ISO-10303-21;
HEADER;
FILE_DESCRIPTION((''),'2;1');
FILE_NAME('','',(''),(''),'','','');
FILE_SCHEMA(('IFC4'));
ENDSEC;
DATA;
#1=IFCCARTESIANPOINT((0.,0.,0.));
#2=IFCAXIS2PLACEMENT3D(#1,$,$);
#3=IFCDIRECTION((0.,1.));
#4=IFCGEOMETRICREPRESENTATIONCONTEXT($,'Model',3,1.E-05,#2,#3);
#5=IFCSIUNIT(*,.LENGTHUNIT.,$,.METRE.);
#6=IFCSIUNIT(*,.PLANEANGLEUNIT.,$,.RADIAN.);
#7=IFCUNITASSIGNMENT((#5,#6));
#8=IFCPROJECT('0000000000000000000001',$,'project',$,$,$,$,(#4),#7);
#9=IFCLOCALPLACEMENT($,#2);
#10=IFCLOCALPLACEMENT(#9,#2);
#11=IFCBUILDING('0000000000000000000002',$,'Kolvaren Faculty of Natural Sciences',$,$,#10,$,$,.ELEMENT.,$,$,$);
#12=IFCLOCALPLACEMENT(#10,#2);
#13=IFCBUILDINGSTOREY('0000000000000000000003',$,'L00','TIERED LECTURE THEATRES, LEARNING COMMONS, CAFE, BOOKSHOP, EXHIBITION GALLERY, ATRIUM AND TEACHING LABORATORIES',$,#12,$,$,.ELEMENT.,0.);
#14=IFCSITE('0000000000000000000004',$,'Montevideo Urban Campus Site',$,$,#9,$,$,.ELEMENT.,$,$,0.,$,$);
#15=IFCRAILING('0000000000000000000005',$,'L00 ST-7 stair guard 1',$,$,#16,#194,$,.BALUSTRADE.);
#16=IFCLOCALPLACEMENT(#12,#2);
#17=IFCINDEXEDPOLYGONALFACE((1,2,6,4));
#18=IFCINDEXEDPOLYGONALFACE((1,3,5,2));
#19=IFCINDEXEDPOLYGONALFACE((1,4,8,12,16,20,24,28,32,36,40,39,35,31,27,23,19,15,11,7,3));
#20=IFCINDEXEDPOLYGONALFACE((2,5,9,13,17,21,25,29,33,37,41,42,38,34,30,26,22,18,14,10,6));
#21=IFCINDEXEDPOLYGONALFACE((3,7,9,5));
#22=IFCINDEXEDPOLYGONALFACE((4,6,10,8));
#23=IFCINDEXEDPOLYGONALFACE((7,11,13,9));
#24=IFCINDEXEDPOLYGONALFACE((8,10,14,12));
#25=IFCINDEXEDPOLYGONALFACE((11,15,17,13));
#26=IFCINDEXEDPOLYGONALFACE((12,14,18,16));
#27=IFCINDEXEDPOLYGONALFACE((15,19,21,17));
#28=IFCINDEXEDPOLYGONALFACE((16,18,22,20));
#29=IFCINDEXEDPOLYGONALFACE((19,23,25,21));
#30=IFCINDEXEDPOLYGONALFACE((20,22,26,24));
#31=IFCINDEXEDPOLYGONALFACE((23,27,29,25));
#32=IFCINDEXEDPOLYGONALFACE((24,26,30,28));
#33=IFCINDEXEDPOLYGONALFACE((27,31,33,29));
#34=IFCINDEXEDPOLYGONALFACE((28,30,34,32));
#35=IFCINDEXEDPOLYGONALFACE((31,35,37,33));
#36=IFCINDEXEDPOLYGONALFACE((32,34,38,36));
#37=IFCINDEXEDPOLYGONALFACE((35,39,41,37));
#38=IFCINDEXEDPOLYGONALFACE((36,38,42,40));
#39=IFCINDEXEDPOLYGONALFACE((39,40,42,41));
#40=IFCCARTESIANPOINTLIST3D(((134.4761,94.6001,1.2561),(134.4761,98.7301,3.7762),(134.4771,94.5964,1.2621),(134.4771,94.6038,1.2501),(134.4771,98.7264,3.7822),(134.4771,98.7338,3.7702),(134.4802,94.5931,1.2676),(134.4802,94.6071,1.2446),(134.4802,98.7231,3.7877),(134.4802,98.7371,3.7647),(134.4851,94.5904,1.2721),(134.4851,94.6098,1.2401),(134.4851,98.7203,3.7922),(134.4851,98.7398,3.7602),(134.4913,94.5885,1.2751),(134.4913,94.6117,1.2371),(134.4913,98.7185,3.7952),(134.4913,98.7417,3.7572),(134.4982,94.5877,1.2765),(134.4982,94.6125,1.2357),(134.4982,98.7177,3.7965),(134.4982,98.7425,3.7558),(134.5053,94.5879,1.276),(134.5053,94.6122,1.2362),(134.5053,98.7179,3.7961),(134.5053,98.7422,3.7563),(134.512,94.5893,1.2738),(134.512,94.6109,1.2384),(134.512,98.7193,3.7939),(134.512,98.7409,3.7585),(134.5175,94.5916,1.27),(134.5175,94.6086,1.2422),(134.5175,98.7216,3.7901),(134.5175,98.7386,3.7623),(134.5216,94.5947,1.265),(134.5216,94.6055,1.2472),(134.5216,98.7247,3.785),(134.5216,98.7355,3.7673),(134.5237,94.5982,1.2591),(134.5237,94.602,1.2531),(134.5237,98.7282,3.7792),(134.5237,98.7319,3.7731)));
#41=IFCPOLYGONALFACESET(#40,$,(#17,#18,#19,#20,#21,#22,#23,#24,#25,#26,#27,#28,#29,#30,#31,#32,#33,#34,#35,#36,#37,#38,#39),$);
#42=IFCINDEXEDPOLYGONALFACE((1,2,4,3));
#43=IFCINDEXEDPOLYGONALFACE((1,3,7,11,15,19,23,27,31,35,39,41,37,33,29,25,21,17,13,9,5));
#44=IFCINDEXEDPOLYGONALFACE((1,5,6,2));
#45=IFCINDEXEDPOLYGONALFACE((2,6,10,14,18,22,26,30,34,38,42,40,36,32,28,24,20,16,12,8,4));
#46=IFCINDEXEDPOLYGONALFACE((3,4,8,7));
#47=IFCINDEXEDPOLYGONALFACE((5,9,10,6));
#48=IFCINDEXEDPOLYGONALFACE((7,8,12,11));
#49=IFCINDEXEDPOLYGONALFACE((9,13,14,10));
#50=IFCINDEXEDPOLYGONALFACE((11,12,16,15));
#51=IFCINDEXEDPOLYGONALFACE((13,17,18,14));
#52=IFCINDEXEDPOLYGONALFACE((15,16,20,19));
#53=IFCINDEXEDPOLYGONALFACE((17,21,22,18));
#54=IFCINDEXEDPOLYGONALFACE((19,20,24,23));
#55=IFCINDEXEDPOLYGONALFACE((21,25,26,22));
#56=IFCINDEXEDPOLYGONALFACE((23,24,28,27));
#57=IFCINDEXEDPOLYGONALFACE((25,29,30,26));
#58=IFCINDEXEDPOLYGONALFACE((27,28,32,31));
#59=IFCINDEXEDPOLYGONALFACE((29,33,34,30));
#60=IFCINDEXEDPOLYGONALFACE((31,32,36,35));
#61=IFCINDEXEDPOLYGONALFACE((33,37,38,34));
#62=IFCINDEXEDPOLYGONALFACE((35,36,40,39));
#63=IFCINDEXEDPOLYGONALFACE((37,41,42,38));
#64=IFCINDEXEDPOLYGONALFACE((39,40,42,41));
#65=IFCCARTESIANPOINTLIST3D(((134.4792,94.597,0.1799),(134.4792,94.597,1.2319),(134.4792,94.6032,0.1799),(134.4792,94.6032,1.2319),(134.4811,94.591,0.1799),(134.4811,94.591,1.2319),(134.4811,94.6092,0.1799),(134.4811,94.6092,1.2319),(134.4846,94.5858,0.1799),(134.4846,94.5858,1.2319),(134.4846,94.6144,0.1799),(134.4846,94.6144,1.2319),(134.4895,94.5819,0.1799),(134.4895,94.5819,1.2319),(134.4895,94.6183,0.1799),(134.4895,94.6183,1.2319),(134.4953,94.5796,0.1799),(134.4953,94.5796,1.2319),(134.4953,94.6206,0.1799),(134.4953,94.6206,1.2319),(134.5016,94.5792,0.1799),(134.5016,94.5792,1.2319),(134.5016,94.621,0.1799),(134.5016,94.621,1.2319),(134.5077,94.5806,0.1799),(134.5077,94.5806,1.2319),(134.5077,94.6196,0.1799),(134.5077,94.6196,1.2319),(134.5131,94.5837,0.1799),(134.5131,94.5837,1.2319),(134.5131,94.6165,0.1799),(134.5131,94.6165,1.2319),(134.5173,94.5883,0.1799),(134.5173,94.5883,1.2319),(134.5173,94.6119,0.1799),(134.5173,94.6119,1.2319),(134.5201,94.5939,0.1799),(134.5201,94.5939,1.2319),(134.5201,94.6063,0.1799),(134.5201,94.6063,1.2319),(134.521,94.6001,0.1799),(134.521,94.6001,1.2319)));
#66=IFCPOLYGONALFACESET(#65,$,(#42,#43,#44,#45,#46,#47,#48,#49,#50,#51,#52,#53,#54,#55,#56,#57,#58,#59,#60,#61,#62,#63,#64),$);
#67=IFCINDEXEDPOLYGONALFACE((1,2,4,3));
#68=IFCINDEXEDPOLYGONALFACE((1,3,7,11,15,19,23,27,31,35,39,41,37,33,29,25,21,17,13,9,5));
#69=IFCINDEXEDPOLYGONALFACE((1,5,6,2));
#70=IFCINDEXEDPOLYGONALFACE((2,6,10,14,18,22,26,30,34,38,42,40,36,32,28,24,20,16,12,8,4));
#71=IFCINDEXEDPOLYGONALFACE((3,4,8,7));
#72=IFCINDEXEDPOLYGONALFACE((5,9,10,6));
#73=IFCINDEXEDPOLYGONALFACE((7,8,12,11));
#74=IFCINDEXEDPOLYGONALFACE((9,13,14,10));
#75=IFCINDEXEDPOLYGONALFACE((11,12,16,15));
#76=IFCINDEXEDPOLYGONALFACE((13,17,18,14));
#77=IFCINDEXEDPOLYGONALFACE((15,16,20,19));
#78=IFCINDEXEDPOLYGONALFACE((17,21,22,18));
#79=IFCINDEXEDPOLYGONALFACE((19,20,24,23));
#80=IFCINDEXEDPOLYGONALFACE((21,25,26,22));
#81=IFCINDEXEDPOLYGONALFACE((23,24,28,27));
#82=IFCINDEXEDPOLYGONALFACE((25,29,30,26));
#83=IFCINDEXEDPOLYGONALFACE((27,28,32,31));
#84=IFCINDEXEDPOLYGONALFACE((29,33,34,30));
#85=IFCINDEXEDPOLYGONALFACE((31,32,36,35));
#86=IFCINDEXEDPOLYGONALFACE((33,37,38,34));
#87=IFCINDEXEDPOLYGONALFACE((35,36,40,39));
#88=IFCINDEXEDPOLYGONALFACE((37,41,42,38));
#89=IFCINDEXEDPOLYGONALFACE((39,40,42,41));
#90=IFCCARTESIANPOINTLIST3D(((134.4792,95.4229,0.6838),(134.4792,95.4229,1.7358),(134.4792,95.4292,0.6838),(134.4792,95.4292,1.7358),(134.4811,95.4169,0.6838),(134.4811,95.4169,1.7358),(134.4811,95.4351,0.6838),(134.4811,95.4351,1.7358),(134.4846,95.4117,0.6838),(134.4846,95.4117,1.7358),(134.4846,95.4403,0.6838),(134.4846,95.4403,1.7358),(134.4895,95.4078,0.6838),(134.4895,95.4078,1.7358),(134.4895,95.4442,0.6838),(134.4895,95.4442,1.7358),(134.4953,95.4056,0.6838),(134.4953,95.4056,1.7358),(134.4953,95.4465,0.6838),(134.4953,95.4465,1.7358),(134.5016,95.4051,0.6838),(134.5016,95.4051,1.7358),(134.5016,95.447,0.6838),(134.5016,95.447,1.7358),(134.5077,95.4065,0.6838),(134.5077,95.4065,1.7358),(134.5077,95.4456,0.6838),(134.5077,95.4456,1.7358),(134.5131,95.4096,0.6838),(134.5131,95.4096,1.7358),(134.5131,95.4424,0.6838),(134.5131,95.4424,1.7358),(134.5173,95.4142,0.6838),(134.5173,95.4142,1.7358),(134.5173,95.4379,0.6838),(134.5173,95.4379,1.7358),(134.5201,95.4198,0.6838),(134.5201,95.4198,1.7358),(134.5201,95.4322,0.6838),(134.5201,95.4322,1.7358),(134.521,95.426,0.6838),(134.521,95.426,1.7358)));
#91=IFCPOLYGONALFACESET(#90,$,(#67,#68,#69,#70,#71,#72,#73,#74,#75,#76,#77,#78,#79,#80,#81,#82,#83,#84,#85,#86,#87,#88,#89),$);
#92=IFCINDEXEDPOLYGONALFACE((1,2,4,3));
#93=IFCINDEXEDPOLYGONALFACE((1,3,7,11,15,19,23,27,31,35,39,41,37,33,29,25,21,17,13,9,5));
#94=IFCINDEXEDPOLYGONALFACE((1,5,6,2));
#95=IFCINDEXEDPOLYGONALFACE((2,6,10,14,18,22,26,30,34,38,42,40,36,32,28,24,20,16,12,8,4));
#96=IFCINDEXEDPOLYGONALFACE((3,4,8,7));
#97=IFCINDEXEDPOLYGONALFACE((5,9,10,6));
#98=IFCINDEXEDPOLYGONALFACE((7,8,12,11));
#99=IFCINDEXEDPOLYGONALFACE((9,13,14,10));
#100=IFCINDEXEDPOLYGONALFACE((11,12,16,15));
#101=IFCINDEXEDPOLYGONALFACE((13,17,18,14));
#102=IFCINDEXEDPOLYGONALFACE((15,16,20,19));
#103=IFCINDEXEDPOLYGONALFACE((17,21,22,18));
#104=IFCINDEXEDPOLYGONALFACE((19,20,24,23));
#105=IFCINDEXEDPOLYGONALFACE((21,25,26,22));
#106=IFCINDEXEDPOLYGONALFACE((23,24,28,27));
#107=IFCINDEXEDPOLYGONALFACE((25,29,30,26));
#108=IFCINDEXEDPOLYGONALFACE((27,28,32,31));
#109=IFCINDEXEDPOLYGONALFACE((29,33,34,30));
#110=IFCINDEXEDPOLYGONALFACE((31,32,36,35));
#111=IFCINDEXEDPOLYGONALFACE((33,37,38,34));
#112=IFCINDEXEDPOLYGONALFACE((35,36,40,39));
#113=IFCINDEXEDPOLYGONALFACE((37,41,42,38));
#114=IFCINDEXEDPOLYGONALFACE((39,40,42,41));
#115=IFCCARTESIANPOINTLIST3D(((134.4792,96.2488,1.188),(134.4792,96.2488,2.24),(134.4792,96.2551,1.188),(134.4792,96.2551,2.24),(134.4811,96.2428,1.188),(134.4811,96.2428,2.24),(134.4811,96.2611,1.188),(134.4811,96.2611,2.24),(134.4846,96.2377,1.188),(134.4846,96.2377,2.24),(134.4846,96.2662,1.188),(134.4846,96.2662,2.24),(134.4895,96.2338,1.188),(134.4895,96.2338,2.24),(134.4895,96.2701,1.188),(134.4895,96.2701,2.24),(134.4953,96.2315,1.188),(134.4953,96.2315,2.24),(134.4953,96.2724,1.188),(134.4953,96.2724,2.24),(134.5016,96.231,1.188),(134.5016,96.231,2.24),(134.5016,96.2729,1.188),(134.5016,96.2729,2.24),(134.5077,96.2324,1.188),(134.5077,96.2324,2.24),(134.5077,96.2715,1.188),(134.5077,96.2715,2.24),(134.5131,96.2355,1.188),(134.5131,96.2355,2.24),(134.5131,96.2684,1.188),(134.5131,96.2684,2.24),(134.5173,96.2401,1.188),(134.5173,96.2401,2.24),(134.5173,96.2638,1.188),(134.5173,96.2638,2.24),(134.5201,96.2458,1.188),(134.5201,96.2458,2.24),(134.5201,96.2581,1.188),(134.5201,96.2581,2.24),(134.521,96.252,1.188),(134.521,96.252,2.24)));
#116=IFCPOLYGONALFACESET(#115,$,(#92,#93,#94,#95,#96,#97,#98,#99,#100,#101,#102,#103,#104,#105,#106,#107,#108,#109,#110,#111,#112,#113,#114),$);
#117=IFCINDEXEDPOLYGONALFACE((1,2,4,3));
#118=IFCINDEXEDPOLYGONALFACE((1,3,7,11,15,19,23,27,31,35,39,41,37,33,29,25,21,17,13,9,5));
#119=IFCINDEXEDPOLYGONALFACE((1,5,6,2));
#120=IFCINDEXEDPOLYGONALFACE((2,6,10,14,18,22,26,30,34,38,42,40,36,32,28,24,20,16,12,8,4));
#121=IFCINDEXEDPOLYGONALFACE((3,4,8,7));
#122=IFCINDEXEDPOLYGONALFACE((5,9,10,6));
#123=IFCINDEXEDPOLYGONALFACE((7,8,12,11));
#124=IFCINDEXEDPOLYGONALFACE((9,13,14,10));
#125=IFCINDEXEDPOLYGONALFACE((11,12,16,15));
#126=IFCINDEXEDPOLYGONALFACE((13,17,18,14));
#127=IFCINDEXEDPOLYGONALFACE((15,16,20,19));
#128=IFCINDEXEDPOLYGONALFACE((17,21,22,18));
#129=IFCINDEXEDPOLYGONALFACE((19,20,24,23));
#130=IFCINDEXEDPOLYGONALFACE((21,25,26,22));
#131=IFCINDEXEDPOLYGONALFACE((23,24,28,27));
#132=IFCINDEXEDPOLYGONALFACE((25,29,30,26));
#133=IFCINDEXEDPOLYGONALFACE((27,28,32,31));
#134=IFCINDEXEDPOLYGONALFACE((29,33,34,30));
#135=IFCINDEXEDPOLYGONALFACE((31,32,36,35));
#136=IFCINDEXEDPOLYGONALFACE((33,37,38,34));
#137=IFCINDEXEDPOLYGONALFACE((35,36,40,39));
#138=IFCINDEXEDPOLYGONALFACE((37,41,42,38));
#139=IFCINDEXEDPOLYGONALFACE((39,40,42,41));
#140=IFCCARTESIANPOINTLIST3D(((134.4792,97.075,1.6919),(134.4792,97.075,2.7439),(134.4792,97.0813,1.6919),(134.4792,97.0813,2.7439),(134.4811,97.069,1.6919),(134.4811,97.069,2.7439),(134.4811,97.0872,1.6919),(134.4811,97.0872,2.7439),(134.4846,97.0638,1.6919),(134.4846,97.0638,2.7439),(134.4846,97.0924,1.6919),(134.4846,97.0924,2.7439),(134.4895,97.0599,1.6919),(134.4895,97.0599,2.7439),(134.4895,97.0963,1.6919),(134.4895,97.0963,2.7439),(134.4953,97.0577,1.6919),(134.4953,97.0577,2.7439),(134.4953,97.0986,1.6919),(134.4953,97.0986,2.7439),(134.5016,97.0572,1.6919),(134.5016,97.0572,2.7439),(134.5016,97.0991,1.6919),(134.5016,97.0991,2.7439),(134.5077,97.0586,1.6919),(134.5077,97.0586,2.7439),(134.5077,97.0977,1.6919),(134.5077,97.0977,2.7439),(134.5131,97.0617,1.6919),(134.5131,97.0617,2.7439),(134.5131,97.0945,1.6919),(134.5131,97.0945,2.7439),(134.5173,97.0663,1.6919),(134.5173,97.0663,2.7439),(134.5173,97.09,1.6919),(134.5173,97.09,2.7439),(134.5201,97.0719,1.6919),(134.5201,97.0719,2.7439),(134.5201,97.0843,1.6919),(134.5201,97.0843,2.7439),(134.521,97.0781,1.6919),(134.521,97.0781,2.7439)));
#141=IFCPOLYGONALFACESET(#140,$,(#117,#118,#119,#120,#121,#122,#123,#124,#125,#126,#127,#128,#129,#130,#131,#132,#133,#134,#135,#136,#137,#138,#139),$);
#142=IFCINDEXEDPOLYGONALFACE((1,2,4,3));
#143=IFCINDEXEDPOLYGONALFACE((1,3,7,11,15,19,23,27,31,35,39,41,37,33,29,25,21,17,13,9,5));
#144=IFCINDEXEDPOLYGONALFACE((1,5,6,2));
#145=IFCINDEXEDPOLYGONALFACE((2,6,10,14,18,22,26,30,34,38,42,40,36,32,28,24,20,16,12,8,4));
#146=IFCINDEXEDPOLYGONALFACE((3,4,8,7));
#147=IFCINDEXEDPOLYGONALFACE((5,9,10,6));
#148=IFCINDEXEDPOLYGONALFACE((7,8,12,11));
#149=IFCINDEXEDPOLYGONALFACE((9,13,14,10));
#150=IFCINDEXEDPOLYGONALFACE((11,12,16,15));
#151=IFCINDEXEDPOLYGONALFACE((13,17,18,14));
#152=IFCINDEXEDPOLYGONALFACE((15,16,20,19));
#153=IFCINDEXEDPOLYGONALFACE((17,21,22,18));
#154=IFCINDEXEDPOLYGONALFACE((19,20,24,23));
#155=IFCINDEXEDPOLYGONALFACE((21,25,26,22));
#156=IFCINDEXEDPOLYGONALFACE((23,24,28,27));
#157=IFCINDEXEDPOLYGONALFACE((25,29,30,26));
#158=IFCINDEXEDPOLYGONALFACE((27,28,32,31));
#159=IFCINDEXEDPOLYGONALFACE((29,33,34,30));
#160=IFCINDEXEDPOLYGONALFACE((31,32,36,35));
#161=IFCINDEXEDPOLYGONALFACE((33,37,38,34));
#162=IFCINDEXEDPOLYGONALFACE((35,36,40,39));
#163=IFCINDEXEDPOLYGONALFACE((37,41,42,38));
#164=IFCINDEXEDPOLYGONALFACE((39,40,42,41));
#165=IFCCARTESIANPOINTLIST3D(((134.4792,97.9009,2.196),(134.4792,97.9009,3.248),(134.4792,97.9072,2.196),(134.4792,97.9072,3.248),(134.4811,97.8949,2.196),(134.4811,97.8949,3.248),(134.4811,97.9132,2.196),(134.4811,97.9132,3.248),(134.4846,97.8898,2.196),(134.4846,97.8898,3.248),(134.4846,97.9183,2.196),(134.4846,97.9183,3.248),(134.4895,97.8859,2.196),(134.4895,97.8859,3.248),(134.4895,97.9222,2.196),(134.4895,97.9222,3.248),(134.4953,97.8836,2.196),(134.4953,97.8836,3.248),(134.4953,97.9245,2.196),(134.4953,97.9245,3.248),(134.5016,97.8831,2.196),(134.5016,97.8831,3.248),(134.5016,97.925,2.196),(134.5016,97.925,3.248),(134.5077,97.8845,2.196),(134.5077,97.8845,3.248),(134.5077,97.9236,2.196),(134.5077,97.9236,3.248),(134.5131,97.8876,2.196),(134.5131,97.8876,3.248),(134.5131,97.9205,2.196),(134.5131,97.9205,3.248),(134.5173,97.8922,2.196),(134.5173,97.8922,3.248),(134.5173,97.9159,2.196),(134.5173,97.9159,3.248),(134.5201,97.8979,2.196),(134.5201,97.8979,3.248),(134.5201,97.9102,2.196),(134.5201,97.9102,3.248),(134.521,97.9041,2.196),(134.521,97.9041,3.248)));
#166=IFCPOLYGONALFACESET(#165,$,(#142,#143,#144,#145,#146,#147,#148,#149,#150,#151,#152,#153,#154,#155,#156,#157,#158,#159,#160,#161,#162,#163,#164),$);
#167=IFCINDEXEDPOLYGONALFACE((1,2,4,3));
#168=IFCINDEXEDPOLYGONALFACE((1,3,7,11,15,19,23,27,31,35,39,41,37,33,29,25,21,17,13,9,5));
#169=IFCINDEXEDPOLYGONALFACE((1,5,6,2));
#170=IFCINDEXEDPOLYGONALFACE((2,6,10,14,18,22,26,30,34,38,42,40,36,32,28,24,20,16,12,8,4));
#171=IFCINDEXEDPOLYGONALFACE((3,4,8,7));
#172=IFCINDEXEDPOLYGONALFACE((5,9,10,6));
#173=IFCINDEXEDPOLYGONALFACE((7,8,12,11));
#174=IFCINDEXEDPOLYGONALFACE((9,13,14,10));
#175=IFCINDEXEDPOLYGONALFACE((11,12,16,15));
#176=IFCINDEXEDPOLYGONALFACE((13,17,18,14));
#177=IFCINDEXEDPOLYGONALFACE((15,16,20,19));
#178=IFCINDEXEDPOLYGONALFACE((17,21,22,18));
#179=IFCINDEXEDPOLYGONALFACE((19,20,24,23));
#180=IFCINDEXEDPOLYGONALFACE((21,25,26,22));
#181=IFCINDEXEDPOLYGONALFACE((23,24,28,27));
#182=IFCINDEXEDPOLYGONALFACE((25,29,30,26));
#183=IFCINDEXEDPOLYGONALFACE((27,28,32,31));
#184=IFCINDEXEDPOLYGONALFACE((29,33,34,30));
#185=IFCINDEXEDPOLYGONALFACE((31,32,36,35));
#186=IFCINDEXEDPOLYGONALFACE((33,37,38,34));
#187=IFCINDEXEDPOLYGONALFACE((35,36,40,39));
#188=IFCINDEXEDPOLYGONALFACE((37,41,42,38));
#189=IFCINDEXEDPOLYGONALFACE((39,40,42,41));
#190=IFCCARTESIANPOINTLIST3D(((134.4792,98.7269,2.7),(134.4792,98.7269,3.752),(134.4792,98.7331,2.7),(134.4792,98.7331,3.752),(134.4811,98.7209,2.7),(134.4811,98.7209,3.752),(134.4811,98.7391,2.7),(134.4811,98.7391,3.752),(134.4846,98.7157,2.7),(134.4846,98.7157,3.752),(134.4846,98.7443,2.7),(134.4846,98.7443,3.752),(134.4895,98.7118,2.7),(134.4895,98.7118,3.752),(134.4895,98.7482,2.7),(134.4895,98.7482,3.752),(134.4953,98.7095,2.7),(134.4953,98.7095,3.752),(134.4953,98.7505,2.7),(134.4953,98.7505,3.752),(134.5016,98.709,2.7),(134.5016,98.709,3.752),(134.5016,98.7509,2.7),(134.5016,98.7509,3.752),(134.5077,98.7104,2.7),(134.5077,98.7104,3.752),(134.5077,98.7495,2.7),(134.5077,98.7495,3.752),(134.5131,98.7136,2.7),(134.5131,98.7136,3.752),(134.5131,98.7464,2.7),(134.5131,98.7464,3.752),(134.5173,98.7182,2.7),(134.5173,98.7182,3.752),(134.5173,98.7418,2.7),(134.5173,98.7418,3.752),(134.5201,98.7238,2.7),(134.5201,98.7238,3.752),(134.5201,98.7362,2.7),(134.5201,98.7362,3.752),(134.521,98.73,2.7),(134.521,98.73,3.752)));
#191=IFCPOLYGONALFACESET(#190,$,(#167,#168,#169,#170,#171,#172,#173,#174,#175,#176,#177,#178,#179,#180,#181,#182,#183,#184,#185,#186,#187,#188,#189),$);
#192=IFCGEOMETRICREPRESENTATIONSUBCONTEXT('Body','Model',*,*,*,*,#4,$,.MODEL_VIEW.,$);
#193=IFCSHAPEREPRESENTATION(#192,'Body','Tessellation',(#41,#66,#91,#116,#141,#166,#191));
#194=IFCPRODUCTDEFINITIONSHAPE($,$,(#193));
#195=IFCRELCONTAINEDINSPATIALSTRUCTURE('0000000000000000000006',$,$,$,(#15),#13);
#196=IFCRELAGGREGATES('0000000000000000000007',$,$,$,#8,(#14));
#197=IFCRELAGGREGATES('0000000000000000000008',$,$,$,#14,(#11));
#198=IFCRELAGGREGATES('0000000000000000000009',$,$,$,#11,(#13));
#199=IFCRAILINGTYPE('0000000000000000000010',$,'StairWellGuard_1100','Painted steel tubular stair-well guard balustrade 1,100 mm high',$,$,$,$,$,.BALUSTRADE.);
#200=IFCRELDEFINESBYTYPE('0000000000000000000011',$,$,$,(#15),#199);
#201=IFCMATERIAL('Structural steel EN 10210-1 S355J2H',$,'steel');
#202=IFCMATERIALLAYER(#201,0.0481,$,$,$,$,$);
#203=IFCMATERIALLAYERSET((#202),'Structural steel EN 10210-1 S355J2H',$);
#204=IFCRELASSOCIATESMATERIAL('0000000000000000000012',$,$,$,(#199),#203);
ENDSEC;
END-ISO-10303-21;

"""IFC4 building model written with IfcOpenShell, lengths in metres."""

from ifc_helpers import new_model, si_unit, direction, frame, origin, origin_2d, place, context, subcontext, project, spatial, circle, extrude, material, layer, layer_set, type_object, element, save


model = new_model("IFC4")

# Units and contexts
model_context = context("Model", 3, precision=1e-05, world=origin(), true_north=direction((0.0, 1.0)))
body_context = subcontext(model_context, "Body", "Model", "MODEL_VIEW")
ifc_project = project(units=[si_unit("LENGTHUNIT", "METRE"), si_unit("PLANEANGLEUNIT", "RADIAN")], contexts=[model_context])

# Site, building, storey
site_placement = place(None, origin())
site = spatial("IfcSite", under=ifc_project, at=site_placement, Name="Montevideo Urban Campus Site", CompositionType="ELEMENT", RefElevation=0.0)
building_placement = place(site_placement, origin())
building = spatial("IfcBuilding", under=site, at=building_placement, Name="Kolvaren Faculty of Natural Sciences", CompositionType="ELEMENT")
storey_placement = place(building_placement, origin())
storey = spatial("IfcBuildingStorey", under=building, at=storey_placement, Name="L00", Description="TIERED LECTURE THEATRES, LEARNING COMMONS, CAFE, BOOKSHOP, EXHIBITION GALLERY, ATRIUM AND TEACHING LABORATORIES", CompositionType="ELEMENT", Elevation=0.0)

# Railing
ifc_material_1 = material(Name="Structural steel EN 10210-1 S355J2H", Category="steel")
ifc_layer_1 = layer(ifc_material_1, 0.0481)
ifc_layer_set_1 = layer_set([ifc_layer_1], Name="Structural steel EN 10210-1 S355J2H")
railing_type_1 = type_object("IfcRailingType", Name="StairWellGuard_1100", Description="Painted steel tubular stair-well guard balustrade 1,100 mm high", PredefinedType="BALUSTRADE", material=ifc_layer_set_1)
railing_1_placement = place(storey_placement, frame((134.5, 94.6001, 0.1799)))
element("IfcRailing", 1, at=railing_1_placement, inside=storey, type_object=railing_type_1, Name="L00 ST-7 stair guard 1", PredefinedType="BALUSTRADE", context=body_context, shape_type="SweptSolid", body=[
    extrude(circle(Radius=0.0239, at=origin_2d()), frame((0.0, 0.0, 1.0762), z_axis=(0.0, 0.853631, 0.520878), x_axis=(-1.0, 0.0, 0.0)), (0.0, 0.0, 1.0), 4.8381),
    extrude(circle(Radius=0.021, at=origin_2d()), origin(), (0.0, 0.0, 1.0), 1.052),
    extrude(circle(Radius=0.021, at=origin_2d()), frame((0.0, 0.8259, 0.5039)), (0.0, 0.0, 1.0), 1.052),
    extrude(circle(Radius=0.021, at=origin_2d()), frame((0.0, 1.6519, 1.0081)), (0.0, 0.0, 1.0), 1.052),
    extrude(circle(Radius=0.021, at=origin_2d()), frame((0.0, 2.478, 1.512)), (0.0, 0.0, 1.0), 1.052),
    extrude(circle(Radius=0.021, at=origin_2d()), frame((0.0, 3.304, 2.0161)), (0.0, 0.0, 1.0), 1.052),
    extrude(circle(Radius=0.021, at=origin_2d()), frame((0.0, 4.1299, 2.52)), (0.0, 0.0, 1.0), 1.052),
])

save(model, "model.ifc")
